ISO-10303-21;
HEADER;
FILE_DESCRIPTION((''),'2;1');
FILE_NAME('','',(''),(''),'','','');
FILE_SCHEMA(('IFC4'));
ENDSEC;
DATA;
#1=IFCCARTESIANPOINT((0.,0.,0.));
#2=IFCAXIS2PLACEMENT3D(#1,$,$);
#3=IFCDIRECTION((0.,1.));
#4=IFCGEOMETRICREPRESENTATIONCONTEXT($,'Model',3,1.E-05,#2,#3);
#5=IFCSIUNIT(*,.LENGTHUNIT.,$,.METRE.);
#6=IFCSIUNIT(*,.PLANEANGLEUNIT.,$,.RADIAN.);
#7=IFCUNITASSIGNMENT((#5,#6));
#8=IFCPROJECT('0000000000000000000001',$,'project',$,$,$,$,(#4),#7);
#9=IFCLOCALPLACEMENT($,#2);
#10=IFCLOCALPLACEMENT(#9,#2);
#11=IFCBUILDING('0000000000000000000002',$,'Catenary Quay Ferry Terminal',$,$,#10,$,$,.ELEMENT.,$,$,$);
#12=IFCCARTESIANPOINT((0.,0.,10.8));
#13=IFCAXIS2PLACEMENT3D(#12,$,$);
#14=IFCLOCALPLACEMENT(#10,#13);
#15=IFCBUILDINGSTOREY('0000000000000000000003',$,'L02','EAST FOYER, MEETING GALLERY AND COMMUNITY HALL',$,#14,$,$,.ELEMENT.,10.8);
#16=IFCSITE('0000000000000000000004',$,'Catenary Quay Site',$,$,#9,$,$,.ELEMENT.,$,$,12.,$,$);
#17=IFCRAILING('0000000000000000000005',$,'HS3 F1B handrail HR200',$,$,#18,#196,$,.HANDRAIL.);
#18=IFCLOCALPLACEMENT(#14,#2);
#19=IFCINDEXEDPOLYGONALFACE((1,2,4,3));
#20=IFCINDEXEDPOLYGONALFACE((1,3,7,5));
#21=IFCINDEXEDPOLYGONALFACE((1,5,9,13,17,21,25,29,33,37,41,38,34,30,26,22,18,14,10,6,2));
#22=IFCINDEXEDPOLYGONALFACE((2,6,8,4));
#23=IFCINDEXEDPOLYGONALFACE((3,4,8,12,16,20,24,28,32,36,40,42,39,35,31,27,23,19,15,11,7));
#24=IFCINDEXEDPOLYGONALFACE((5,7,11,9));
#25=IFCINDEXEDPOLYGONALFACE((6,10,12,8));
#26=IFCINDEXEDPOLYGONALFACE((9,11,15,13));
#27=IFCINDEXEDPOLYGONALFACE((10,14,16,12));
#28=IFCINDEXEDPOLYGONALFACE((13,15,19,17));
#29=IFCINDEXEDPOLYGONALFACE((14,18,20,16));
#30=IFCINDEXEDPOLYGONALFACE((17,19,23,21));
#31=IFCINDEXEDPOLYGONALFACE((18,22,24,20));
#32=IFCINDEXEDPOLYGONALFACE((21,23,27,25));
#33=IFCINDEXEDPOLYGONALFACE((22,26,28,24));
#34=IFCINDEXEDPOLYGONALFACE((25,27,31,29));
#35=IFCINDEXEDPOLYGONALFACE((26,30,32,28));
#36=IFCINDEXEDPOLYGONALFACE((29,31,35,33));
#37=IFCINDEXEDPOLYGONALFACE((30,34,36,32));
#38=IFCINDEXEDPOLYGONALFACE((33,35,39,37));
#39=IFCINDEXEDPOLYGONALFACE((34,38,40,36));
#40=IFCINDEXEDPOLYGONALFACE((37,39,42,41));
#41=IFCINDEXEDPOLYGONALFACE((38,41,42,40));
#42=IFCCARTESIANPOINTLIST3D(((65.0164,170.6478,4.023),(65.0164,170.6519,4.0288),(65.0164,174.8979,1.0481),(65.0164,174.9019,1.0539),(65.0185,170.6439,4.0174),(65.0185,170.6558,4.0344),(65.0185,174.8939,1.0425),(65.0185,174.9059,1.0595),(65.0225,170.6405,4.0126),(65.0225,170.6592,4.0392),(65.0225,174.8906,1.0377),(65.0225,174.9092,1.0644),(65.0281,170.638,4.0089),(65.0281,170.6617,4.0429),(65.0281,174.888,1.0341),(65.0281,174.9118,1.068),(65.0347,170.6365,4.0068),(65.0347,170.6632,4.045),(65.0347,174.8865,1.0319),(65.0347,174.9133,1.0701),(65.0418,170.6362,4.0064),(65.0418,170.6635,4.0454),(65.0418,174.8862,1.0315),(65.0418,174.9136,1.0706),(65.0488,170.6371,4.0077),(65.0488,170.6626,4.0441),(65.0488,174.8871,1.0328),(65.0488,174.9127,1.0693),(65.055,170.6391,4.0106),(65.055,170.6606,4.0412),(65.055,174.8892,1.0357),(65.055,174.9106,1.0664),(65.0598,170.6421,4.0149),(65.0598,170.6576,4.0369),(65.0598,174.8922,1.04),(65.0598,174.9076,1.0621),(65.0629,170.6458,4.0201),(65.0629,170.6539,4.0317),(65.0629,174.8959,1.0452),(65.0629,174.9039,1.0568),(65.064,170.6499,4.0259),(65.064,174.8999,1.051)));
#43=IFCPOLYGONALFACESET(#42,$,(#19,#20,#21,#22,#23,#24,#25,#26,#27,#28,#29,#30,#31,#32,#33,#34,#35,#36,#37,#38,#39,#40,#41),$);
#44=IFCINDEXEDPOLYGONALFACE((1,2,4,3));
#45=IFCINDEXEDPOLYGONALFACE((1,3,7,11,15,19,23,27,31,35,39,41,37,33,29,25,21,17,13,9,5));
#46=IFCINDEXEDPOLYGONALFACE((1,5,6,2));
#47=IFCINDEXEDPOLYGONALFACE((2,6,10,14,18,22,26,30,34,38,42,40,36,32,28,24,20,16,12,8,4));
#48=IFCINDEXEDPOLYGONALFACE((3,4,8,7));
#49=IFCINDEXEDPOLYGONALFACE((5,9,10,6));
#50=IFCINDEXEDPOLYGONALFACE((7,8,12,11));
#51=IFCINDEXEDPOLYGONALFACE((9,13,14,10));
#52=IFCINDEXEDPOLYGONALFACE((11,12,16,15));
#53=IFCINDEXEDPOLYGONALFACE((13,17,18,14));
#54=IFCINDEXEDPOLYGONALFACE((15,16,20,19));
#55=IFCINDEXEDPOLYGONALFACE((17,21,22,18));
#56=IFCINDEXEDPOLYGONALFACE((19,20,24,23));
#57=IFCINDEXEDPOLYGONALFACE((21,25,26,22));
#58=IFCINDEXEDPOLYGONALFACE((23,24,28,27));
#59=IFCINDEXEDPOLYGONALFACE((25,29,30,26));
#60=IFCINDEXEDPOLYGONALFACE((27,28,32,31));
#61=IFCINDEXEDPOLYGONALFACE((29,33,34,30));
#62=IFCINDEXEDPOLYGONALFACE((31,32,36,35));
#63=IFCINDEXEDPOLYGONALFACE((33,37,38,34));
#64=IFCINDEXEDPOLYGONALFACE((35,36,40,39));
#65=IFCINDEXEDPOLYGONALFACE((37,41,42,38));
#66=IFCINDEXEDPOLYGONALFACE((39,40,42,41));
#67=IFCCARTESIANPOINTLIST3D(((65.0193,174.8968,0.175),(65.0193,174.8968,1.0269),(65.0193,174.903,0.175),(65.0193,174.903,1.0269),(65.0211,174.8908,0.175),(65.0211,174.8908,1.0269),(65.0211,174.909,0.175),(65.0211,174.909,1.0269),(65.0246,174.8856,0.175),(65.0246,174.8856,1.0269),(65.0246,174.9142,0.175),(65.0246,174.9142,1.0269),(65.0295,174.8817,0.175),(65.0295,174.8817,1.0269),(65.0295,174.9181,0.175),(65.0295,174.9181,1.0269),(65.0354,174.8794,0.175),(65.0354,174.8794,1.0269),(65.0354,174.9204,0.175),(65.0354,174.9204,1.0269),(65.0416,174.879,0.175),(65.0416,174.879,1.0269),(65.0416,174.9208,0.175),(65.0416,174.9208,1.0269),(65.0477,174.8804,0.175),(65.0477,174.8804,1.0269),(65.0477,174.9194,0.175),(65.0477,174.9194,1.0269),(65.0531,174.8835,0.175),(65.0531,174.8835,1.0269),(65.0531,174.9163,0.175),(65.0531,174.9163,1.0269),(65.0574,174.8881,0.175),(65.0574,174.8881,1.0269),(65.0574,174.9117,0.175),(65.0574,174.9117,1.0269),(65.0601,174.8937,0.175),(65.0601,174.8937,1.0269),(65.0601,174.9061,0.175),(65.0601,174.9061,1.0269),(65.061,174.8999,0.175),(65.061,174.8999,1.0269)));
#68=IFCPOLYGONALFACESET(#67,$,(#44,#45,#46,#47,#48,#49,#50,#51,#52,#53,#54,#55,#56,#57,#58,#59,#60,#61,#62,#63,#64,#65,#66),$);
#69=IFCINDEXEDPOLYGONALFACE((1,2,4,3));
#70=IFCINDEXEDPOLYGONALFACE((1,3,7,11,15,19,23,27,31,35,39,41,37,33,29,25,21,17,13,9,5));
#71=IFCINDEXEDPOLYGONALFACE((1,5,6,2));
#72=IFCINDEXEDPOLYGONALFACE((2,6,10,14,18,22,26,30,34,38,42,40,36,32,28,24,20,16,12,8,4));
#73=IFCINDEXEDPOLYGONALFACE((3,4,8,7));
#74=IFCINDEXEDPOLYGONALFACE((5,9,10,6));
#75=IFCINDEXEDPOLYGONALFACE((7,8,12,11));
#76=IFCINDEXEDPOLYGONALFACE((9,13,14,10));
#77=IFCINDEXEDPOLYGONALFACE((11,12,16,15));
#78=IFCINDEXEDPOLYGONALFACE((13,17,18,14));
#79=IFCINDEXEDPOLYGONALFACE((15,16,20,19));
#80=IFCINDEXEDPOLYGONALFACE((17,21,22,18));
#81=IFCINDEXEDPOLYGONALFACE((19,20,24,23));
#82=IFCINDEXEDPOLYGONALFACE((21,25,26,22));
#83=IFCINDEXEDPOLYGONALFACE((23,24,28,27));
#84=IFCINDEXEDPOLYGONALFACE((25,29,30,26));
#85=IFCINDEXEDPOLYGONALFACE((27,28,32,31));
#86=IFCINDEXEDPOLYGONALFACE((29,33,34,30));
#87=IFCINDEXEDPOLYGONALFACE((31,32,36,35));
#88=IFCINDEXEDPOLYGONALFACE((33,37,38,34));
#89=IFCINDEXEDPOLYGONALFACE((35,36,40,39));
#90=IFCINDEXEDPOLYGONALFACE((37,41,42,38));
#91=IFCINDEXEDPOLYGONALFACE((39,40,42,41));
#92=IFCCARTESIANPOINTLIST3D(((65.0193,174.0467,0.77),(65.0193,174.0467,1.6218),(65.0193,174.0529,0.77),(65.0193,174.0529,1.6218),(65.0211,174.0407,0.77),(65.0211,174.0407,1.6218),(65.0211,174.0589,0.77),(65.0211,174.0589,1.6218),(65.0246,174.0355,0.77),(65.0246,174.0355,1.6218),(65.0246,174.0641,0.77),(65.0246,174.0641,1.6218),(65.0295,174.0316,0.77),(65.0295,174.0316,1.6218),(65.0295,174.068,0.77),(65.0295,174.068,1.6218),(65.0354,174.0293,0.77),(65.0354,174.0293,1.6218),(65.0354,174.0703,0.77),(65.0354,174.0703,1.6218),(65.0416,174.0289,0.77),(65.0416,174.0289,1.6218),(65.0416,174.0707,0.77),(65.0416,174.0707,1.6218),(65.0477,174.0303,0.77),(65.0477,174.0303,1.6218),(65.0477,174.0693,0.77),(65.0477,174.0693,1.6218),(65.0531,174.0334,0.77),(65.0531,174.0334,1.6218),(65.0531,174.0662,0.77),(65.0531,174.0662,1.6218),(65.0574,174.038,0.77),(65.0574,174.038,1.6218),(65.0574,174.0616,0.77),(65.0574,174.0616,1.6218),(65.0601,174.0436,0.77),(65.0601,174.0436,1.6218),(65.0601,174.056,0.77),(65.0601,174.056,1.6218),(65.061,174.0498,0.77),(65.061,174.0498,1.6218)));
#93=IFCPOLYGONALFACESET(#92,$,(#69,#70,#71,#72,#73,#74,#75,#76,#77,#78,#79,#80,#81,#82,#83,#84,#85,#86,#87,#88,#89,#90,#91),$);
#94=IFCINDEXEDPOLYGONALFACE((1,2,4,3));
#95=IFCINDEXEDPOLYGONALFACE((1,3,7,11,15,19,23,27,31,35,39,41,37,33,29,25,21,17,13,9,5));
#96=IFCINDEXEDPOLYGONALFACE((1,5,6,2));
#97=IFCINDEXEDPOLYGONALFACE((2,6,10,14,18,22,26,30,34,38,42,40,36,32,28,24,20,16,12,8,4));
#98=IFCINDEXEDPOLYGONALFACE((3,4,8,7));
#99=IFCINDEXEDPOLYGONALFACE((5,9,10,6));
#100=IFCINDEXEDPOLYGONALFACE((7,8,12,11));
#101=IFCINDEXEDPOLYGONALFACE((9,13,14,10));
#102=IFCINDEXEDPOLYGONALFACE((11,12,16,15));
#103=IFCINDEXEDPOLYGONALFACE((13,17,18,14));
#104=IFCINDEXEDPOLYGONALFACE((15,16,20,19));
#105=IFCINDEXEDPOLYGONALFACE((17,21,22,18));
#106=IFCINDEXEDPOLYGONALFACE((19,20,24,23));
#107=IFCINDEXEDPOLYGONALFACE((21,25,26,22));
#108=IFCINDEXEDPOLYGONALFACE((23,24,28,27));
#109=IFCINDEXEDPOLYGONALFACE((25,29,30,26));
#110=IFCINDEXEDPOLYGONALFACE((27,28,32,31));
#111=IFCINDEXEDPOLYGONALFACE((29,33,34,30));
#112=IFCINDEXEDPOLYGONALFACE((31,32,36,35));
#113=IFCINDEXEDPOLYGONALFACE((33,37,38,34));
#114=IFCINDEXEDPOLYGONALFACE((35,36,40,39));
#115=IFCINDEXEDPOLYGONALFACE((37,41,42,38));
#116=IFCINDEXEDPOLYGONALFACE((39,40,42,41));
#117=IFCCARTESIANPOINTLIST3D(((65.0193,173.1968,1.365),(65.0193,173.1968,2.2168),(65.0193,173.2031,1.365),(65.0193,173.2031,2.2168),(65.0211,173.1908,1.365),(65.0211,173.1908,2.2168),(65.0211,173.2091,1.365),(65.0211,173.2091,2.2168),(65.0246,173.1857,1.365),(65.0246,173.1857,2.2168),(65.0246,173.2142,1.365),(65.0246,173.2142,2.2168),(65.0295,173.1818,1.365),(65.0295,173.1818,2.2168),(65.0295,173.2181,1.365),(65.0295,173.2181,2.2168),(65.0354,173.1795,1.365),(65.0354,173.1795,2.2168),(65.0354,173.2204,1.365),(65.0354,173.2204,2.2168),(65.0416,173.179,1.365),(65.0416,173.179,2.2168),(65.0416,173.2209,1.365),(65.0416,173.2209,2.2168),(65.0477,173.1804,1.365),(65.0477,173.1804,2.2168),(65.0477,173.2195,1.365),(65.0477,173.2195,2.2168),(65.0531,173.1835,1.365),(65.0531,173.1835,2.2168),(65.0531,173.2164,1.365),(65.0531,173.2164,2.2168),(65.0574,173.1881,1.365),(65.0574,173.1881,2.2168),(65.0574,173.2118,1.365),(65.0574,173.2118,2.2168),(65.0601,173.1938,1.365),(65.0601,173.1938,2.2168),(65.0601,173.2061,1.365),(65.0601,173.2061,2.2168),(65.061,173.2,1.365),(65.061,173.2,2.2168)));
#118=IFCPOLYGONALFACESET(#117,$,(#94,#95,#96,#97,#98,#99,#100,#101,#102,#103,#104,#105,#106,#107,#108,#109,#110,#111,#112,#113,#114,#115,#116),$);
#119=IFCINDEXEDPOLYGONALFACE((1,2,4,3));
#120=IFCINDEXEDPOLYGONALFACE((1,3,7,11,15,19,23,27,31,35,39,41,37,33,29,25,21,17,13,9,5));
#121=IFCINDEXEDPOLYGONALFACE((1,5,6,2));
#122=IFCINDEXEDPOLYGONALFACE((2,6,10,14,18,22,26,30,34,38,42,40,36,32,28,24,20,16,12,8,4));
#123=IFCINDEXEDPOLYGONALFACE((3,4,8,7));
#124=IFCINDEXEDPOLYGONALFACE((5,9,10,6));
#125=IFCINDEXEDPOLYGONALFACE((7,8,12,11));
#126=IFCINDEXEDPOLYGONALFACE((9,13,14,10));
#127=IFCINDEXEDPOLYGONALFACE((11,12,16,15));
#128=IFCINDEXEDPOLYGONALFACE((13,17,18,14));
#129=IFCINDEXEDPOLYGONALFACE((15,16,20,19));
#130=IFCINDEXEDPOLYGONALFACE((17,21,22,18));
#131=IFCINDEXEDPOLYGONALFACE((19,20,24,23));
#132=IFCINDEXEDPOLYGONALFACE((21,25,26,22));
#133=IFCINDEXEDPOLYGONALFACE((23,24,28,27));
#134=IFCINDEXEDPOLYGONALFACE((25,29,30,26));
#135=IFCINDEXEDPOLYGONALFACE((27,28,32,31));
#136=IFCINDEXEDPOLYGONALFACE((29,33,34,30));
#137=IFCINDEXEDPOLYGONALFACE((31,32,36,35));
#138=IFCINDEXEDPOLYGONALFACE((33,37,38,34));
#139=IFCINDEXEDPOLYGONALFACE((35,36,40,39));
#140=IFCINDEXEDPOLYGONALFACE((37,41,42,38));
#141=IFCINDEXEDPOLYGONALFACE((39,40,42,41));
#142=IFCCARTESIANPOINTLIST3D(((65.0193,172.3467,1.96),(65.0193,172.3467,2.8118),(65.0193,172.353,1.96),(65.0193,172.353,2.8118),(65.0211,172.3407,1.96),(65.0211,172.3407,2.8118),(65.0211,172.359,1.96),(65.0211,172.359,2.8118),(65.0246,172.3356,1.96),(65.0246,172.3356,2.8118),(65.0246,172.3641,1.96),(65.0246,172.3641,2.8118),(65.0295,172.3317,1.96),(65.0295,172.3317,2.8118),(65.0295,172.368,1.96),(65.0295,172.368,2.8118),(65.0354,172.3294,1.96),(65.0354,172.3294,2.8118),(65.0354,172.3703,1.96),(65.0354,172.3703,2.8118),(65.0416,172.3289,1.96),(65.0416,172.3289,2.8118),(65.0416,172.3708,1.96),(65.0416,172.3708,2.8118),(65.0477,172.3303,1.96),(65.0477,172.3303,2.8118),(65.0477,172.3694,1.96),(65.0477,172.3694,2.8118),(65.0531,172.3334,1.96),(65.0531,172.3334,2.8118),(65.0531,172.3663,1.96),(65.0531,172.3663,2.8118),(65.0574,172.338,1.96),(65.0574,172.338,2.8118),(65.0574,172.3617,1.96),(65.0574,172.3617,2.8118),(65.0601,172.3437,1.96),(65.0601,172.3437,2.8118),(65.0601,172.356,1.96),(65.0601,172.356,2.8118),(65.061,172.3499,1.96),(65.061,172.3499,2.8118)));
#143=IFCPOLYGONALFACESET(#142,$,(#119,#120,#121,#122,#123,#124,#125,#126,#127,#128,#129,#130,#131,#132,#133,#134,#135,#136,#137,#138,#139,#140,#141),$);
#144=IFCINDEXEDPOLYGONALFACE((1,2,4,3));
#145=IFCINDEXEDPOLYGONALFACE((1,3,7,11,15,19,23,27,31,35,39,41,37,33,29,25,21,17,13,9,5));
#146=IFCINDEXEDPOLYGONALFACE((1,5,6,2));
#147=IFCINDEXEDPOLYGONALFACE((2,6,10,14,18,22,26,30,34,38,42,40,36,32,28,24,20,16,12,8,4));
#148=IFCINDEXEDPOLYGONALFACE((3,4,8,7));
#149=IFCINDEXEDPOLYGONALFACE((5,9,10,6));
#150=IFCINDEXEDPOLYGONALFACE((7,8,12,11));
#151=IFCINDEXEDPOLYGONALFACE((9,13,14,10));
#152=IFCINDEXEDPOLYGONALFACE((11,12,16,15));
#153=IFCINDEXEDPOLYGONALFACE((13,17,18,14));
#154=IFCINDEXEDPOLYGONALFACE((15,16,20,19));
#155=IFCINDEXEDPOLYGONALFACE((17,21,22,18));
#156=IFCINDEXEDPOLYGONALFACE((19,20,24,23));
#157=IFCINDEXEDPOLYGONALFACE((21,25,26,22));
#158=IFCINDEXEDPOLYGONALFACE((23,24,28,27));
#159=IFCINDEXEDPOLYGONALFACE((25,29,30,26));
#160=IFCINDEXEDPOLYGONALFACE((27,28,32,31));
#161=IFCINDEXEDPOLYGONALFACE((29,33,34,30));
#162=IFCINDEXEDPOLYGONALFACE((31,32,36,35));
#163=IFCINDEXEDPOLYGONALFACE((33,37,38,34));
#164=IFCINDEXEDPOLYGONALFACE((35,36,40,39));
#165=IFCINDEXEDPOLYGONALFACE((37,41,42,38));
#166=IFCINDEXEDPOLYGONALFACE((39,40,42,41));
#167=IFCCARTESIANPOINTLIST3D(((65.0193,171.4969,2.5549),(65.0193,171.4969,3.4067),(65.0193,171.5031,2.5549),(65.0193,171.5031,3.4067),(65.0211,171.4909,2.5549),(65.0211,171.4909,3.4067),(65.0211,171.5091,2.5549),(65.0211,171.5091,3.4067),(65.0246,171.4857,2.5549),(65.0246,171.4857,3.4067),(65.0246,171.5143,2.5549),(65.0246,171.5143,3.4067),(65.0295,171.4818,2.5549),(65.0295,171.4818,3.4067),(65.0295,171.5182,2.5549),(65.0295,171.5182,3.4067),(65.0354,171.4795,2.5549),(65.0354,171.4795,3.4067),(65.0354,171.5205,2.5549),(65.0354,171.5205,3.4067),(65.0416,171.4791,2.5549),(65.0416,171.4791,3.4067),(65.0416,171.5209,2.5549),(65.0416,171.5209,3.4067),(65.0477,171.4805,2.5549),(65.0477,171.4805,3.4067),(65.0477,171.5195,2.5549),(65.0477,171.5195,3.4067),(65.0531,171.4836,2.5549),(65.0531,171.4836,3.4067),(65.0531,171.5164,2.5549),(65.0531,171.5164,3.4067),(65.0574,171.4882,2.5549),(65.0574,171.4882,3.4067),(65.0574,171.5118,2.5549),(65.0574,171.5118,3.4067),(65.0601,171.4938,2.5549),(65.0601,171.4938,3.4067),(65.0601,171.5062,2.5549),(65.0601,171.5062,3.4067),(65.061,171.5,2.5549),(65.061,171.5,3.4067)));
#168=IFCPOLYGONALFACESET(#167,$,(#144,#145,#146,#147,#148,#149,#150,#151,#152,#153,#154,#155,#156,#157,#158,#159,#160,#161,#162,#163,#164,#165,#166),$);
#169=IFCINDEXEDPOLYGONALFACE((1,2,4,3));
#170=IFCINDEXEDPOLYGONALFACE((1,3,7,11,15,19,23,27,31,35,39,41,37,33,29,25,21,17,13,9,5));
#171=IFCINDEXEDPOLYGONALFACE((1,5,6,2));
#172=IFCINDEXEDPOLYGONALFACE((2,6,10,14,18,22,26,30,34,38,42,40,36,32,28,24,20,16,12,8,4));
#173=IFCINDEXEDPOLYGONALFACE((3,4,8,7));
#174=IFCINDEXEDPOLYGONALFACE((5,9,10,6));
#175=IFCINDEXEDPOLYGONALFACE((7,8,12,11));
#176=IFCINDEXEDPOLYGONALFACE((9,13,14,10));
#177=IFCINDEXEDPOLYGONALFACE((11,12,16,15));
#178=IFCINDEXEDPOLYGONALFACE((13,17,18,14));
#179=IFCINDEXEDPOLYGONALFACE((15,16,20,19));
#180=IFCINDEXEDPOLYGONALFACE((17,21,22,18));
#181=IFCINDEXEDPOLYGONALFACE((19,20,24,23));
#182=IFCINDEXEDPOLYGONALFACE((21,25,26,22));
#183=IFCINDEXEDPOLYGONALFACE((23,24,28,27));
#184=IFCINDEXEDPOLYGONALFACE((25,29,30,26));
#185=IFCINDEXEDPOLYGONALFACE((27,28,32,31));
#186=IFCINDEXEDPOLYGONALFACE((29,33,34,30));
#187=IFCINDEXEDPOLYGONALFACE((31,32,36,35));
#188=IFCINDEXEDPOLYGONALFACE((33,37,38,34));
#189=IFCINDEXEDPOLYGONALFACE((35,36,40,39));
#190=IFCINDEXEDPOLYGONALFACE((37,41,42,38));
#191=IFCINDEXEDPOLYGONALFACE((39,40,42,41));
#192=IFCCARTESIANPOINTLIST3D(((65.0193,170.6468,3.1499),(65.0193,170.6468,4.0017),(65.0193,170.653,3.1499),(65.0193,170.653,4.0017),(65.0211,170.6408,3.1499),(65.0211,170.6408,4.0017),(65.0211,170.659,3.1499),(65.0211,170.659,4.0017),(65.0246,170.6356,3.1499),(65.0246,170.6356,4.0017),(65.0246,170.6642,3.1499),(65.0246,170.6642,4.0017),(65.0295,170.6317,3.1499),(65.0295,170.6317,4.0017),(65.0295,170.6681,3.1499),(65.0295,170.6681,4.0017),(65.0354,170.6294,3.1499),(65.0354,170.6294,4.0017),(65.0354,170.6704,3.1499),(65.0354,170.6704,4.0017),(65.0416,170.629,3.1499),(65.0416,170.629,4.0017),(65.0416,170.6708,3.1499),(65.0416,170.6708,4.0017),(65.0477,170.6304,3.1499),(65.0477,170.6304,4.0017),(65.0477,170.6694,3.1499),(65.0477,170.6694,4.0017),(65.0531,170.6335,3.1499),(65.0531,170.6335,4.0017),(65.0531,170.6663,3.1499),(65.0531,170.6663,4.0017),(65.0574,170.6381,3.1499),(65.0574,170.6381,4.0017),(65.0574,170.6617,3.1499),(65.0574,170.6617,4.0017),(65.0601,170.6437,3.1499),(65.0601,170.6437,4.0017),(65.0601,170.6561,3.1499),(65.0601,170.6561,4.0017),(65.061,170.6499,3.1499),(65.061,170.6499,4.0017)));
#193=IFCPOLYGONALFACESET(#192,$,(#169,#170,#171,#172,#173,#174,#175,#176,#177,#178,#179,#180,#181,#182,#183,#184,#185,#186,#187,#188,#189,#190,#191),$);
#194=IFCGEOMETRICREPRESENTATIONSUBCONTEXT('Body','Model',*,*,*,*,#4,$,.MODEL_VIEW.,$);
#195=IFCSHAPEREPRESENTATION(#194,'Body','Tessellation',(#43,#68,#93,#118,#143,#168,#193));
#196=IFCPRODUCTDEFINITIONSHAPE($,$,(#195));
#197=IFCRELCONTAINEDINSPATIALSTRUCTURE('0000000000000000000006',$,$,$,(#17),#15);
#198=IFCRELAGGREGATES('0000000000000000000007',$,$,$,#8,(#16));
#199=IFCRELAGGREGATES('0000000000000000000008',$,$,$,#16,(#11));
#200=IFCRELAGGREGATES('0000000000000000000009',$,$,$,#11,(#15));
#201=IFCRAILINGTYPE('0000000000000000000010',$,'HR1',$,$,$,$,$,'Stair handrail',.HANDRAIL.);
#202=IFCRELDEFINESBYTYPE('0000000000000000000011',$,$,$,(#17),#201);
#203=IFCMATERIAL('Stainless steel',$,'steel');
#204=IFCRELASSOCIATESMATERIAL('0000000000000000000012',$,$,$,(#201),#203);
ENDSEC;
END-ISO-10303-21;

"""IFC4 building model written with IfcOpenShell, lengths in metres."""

from ifc_helpers import new_model, si_unit, direction, frame, origin, origin_2d, place, context, subcontext, project, spatial, circle, extrude, material, type_object, element, save


model = new_model("IFC4")

# Units and contexts
model_context = context("Model", 3, precision=1e-05, world=origin(), true_north=direction((0.0, 1.0)))
body_context = subcontext(model_context, "Body", "Model", "MODEL_VIEW")
ifc_project = project(units=[si_unit("LENGTHUNIT", "METRE"), si_unit("PLANEANGLEUNIT", "RADIAN")], contexts=[model_context])

# Site, building, storey
site_placement = place(None, origin())
site = spatial("IfcSite", under=ifc_project, at=site_placement, Name="Catenary Quay Site", CompositionType="ELEMENT", RefElevation=12.0)
building_placement = place(site_placement, origin())
building = spatial("IfcBuilding", under=site, at=building_placement, Name="Catenary Quay Ferry Terminal", CompositionType="ELEMENT")
storey_placement = place(building_placement, frame((0.0, 0.0, 10.8)))
storey = spatial("IfcBuildingStorey", under=building, at=storey_placement, Name="L02", Description="EAST FOYER, MEETING GALLERY AND COMMUNITY HALL", CompositionType="ELEMENT", Elevation=10.8)

# Railing
ifc_material_1 = material(Name="Stainless steel", Category="steel")
railing_type_1 = type_object("IfcRailingType", Name="HR1", ElementType="Stair handrail", PredefinedType="HANDRAIL", material=ifc_material_1)
for number, where, name in (
    (1, (65.04, 174.8999, 0.175), "HS3 F1B handrail HR200"),
):
    element("IfcRailing", number, at=place(storey_placement, frame(where)), inside=storey, type_object=railing_type_1, Name=name, PredefinedType="HANDRAIL", context=body_context, shape_type="SweptSolid", body=[
        extrude(circle(Radius=0.0239, at=origin_2d()), frame((0.0, 0.0, 0.876), z_axis=(0.0, -0.819245, 0.573443), x_axis=(1.0, 0.0, 0.0)), (0.0, 0.0, 1.0), 5.1877),
        extrude(circle(Radius=0.021, at=origin_2d()), origin(), (0.0, 0.0, 1.0), 0.8518),
        extrude(circle(Radius=0.021, at=origin_2d()), frame((0.0, -0.8501, 0.595)), (0.0, 0.0, 1.0), 0.8518),
        extrude(circle(Radius=0.021, at=origin_2d()), frame((0.0, -1.7, 1.1899)), (0.0, 0.0, 1.0), 0.8518),
        extrude(circle(Radius=0.021, at=origin_2d()), frame((0.0, -2.55, 1.7849)), (0.0, 0.0, 1.0), 0.8518),
        extrude(circle(Radius=0.021, at=origin_2d()), frame((0.0, -3.3999, 2.3799)), (0.0, 0.0, 1.0), 0.8518),
        extrude(circle(Radius=0.021, at=origin_2d()), frame((0.0, -4.25, 2.9749)), (0.0, 0.0, 1.0), 0.8518),
    ])

save(model, "model.ifc")
